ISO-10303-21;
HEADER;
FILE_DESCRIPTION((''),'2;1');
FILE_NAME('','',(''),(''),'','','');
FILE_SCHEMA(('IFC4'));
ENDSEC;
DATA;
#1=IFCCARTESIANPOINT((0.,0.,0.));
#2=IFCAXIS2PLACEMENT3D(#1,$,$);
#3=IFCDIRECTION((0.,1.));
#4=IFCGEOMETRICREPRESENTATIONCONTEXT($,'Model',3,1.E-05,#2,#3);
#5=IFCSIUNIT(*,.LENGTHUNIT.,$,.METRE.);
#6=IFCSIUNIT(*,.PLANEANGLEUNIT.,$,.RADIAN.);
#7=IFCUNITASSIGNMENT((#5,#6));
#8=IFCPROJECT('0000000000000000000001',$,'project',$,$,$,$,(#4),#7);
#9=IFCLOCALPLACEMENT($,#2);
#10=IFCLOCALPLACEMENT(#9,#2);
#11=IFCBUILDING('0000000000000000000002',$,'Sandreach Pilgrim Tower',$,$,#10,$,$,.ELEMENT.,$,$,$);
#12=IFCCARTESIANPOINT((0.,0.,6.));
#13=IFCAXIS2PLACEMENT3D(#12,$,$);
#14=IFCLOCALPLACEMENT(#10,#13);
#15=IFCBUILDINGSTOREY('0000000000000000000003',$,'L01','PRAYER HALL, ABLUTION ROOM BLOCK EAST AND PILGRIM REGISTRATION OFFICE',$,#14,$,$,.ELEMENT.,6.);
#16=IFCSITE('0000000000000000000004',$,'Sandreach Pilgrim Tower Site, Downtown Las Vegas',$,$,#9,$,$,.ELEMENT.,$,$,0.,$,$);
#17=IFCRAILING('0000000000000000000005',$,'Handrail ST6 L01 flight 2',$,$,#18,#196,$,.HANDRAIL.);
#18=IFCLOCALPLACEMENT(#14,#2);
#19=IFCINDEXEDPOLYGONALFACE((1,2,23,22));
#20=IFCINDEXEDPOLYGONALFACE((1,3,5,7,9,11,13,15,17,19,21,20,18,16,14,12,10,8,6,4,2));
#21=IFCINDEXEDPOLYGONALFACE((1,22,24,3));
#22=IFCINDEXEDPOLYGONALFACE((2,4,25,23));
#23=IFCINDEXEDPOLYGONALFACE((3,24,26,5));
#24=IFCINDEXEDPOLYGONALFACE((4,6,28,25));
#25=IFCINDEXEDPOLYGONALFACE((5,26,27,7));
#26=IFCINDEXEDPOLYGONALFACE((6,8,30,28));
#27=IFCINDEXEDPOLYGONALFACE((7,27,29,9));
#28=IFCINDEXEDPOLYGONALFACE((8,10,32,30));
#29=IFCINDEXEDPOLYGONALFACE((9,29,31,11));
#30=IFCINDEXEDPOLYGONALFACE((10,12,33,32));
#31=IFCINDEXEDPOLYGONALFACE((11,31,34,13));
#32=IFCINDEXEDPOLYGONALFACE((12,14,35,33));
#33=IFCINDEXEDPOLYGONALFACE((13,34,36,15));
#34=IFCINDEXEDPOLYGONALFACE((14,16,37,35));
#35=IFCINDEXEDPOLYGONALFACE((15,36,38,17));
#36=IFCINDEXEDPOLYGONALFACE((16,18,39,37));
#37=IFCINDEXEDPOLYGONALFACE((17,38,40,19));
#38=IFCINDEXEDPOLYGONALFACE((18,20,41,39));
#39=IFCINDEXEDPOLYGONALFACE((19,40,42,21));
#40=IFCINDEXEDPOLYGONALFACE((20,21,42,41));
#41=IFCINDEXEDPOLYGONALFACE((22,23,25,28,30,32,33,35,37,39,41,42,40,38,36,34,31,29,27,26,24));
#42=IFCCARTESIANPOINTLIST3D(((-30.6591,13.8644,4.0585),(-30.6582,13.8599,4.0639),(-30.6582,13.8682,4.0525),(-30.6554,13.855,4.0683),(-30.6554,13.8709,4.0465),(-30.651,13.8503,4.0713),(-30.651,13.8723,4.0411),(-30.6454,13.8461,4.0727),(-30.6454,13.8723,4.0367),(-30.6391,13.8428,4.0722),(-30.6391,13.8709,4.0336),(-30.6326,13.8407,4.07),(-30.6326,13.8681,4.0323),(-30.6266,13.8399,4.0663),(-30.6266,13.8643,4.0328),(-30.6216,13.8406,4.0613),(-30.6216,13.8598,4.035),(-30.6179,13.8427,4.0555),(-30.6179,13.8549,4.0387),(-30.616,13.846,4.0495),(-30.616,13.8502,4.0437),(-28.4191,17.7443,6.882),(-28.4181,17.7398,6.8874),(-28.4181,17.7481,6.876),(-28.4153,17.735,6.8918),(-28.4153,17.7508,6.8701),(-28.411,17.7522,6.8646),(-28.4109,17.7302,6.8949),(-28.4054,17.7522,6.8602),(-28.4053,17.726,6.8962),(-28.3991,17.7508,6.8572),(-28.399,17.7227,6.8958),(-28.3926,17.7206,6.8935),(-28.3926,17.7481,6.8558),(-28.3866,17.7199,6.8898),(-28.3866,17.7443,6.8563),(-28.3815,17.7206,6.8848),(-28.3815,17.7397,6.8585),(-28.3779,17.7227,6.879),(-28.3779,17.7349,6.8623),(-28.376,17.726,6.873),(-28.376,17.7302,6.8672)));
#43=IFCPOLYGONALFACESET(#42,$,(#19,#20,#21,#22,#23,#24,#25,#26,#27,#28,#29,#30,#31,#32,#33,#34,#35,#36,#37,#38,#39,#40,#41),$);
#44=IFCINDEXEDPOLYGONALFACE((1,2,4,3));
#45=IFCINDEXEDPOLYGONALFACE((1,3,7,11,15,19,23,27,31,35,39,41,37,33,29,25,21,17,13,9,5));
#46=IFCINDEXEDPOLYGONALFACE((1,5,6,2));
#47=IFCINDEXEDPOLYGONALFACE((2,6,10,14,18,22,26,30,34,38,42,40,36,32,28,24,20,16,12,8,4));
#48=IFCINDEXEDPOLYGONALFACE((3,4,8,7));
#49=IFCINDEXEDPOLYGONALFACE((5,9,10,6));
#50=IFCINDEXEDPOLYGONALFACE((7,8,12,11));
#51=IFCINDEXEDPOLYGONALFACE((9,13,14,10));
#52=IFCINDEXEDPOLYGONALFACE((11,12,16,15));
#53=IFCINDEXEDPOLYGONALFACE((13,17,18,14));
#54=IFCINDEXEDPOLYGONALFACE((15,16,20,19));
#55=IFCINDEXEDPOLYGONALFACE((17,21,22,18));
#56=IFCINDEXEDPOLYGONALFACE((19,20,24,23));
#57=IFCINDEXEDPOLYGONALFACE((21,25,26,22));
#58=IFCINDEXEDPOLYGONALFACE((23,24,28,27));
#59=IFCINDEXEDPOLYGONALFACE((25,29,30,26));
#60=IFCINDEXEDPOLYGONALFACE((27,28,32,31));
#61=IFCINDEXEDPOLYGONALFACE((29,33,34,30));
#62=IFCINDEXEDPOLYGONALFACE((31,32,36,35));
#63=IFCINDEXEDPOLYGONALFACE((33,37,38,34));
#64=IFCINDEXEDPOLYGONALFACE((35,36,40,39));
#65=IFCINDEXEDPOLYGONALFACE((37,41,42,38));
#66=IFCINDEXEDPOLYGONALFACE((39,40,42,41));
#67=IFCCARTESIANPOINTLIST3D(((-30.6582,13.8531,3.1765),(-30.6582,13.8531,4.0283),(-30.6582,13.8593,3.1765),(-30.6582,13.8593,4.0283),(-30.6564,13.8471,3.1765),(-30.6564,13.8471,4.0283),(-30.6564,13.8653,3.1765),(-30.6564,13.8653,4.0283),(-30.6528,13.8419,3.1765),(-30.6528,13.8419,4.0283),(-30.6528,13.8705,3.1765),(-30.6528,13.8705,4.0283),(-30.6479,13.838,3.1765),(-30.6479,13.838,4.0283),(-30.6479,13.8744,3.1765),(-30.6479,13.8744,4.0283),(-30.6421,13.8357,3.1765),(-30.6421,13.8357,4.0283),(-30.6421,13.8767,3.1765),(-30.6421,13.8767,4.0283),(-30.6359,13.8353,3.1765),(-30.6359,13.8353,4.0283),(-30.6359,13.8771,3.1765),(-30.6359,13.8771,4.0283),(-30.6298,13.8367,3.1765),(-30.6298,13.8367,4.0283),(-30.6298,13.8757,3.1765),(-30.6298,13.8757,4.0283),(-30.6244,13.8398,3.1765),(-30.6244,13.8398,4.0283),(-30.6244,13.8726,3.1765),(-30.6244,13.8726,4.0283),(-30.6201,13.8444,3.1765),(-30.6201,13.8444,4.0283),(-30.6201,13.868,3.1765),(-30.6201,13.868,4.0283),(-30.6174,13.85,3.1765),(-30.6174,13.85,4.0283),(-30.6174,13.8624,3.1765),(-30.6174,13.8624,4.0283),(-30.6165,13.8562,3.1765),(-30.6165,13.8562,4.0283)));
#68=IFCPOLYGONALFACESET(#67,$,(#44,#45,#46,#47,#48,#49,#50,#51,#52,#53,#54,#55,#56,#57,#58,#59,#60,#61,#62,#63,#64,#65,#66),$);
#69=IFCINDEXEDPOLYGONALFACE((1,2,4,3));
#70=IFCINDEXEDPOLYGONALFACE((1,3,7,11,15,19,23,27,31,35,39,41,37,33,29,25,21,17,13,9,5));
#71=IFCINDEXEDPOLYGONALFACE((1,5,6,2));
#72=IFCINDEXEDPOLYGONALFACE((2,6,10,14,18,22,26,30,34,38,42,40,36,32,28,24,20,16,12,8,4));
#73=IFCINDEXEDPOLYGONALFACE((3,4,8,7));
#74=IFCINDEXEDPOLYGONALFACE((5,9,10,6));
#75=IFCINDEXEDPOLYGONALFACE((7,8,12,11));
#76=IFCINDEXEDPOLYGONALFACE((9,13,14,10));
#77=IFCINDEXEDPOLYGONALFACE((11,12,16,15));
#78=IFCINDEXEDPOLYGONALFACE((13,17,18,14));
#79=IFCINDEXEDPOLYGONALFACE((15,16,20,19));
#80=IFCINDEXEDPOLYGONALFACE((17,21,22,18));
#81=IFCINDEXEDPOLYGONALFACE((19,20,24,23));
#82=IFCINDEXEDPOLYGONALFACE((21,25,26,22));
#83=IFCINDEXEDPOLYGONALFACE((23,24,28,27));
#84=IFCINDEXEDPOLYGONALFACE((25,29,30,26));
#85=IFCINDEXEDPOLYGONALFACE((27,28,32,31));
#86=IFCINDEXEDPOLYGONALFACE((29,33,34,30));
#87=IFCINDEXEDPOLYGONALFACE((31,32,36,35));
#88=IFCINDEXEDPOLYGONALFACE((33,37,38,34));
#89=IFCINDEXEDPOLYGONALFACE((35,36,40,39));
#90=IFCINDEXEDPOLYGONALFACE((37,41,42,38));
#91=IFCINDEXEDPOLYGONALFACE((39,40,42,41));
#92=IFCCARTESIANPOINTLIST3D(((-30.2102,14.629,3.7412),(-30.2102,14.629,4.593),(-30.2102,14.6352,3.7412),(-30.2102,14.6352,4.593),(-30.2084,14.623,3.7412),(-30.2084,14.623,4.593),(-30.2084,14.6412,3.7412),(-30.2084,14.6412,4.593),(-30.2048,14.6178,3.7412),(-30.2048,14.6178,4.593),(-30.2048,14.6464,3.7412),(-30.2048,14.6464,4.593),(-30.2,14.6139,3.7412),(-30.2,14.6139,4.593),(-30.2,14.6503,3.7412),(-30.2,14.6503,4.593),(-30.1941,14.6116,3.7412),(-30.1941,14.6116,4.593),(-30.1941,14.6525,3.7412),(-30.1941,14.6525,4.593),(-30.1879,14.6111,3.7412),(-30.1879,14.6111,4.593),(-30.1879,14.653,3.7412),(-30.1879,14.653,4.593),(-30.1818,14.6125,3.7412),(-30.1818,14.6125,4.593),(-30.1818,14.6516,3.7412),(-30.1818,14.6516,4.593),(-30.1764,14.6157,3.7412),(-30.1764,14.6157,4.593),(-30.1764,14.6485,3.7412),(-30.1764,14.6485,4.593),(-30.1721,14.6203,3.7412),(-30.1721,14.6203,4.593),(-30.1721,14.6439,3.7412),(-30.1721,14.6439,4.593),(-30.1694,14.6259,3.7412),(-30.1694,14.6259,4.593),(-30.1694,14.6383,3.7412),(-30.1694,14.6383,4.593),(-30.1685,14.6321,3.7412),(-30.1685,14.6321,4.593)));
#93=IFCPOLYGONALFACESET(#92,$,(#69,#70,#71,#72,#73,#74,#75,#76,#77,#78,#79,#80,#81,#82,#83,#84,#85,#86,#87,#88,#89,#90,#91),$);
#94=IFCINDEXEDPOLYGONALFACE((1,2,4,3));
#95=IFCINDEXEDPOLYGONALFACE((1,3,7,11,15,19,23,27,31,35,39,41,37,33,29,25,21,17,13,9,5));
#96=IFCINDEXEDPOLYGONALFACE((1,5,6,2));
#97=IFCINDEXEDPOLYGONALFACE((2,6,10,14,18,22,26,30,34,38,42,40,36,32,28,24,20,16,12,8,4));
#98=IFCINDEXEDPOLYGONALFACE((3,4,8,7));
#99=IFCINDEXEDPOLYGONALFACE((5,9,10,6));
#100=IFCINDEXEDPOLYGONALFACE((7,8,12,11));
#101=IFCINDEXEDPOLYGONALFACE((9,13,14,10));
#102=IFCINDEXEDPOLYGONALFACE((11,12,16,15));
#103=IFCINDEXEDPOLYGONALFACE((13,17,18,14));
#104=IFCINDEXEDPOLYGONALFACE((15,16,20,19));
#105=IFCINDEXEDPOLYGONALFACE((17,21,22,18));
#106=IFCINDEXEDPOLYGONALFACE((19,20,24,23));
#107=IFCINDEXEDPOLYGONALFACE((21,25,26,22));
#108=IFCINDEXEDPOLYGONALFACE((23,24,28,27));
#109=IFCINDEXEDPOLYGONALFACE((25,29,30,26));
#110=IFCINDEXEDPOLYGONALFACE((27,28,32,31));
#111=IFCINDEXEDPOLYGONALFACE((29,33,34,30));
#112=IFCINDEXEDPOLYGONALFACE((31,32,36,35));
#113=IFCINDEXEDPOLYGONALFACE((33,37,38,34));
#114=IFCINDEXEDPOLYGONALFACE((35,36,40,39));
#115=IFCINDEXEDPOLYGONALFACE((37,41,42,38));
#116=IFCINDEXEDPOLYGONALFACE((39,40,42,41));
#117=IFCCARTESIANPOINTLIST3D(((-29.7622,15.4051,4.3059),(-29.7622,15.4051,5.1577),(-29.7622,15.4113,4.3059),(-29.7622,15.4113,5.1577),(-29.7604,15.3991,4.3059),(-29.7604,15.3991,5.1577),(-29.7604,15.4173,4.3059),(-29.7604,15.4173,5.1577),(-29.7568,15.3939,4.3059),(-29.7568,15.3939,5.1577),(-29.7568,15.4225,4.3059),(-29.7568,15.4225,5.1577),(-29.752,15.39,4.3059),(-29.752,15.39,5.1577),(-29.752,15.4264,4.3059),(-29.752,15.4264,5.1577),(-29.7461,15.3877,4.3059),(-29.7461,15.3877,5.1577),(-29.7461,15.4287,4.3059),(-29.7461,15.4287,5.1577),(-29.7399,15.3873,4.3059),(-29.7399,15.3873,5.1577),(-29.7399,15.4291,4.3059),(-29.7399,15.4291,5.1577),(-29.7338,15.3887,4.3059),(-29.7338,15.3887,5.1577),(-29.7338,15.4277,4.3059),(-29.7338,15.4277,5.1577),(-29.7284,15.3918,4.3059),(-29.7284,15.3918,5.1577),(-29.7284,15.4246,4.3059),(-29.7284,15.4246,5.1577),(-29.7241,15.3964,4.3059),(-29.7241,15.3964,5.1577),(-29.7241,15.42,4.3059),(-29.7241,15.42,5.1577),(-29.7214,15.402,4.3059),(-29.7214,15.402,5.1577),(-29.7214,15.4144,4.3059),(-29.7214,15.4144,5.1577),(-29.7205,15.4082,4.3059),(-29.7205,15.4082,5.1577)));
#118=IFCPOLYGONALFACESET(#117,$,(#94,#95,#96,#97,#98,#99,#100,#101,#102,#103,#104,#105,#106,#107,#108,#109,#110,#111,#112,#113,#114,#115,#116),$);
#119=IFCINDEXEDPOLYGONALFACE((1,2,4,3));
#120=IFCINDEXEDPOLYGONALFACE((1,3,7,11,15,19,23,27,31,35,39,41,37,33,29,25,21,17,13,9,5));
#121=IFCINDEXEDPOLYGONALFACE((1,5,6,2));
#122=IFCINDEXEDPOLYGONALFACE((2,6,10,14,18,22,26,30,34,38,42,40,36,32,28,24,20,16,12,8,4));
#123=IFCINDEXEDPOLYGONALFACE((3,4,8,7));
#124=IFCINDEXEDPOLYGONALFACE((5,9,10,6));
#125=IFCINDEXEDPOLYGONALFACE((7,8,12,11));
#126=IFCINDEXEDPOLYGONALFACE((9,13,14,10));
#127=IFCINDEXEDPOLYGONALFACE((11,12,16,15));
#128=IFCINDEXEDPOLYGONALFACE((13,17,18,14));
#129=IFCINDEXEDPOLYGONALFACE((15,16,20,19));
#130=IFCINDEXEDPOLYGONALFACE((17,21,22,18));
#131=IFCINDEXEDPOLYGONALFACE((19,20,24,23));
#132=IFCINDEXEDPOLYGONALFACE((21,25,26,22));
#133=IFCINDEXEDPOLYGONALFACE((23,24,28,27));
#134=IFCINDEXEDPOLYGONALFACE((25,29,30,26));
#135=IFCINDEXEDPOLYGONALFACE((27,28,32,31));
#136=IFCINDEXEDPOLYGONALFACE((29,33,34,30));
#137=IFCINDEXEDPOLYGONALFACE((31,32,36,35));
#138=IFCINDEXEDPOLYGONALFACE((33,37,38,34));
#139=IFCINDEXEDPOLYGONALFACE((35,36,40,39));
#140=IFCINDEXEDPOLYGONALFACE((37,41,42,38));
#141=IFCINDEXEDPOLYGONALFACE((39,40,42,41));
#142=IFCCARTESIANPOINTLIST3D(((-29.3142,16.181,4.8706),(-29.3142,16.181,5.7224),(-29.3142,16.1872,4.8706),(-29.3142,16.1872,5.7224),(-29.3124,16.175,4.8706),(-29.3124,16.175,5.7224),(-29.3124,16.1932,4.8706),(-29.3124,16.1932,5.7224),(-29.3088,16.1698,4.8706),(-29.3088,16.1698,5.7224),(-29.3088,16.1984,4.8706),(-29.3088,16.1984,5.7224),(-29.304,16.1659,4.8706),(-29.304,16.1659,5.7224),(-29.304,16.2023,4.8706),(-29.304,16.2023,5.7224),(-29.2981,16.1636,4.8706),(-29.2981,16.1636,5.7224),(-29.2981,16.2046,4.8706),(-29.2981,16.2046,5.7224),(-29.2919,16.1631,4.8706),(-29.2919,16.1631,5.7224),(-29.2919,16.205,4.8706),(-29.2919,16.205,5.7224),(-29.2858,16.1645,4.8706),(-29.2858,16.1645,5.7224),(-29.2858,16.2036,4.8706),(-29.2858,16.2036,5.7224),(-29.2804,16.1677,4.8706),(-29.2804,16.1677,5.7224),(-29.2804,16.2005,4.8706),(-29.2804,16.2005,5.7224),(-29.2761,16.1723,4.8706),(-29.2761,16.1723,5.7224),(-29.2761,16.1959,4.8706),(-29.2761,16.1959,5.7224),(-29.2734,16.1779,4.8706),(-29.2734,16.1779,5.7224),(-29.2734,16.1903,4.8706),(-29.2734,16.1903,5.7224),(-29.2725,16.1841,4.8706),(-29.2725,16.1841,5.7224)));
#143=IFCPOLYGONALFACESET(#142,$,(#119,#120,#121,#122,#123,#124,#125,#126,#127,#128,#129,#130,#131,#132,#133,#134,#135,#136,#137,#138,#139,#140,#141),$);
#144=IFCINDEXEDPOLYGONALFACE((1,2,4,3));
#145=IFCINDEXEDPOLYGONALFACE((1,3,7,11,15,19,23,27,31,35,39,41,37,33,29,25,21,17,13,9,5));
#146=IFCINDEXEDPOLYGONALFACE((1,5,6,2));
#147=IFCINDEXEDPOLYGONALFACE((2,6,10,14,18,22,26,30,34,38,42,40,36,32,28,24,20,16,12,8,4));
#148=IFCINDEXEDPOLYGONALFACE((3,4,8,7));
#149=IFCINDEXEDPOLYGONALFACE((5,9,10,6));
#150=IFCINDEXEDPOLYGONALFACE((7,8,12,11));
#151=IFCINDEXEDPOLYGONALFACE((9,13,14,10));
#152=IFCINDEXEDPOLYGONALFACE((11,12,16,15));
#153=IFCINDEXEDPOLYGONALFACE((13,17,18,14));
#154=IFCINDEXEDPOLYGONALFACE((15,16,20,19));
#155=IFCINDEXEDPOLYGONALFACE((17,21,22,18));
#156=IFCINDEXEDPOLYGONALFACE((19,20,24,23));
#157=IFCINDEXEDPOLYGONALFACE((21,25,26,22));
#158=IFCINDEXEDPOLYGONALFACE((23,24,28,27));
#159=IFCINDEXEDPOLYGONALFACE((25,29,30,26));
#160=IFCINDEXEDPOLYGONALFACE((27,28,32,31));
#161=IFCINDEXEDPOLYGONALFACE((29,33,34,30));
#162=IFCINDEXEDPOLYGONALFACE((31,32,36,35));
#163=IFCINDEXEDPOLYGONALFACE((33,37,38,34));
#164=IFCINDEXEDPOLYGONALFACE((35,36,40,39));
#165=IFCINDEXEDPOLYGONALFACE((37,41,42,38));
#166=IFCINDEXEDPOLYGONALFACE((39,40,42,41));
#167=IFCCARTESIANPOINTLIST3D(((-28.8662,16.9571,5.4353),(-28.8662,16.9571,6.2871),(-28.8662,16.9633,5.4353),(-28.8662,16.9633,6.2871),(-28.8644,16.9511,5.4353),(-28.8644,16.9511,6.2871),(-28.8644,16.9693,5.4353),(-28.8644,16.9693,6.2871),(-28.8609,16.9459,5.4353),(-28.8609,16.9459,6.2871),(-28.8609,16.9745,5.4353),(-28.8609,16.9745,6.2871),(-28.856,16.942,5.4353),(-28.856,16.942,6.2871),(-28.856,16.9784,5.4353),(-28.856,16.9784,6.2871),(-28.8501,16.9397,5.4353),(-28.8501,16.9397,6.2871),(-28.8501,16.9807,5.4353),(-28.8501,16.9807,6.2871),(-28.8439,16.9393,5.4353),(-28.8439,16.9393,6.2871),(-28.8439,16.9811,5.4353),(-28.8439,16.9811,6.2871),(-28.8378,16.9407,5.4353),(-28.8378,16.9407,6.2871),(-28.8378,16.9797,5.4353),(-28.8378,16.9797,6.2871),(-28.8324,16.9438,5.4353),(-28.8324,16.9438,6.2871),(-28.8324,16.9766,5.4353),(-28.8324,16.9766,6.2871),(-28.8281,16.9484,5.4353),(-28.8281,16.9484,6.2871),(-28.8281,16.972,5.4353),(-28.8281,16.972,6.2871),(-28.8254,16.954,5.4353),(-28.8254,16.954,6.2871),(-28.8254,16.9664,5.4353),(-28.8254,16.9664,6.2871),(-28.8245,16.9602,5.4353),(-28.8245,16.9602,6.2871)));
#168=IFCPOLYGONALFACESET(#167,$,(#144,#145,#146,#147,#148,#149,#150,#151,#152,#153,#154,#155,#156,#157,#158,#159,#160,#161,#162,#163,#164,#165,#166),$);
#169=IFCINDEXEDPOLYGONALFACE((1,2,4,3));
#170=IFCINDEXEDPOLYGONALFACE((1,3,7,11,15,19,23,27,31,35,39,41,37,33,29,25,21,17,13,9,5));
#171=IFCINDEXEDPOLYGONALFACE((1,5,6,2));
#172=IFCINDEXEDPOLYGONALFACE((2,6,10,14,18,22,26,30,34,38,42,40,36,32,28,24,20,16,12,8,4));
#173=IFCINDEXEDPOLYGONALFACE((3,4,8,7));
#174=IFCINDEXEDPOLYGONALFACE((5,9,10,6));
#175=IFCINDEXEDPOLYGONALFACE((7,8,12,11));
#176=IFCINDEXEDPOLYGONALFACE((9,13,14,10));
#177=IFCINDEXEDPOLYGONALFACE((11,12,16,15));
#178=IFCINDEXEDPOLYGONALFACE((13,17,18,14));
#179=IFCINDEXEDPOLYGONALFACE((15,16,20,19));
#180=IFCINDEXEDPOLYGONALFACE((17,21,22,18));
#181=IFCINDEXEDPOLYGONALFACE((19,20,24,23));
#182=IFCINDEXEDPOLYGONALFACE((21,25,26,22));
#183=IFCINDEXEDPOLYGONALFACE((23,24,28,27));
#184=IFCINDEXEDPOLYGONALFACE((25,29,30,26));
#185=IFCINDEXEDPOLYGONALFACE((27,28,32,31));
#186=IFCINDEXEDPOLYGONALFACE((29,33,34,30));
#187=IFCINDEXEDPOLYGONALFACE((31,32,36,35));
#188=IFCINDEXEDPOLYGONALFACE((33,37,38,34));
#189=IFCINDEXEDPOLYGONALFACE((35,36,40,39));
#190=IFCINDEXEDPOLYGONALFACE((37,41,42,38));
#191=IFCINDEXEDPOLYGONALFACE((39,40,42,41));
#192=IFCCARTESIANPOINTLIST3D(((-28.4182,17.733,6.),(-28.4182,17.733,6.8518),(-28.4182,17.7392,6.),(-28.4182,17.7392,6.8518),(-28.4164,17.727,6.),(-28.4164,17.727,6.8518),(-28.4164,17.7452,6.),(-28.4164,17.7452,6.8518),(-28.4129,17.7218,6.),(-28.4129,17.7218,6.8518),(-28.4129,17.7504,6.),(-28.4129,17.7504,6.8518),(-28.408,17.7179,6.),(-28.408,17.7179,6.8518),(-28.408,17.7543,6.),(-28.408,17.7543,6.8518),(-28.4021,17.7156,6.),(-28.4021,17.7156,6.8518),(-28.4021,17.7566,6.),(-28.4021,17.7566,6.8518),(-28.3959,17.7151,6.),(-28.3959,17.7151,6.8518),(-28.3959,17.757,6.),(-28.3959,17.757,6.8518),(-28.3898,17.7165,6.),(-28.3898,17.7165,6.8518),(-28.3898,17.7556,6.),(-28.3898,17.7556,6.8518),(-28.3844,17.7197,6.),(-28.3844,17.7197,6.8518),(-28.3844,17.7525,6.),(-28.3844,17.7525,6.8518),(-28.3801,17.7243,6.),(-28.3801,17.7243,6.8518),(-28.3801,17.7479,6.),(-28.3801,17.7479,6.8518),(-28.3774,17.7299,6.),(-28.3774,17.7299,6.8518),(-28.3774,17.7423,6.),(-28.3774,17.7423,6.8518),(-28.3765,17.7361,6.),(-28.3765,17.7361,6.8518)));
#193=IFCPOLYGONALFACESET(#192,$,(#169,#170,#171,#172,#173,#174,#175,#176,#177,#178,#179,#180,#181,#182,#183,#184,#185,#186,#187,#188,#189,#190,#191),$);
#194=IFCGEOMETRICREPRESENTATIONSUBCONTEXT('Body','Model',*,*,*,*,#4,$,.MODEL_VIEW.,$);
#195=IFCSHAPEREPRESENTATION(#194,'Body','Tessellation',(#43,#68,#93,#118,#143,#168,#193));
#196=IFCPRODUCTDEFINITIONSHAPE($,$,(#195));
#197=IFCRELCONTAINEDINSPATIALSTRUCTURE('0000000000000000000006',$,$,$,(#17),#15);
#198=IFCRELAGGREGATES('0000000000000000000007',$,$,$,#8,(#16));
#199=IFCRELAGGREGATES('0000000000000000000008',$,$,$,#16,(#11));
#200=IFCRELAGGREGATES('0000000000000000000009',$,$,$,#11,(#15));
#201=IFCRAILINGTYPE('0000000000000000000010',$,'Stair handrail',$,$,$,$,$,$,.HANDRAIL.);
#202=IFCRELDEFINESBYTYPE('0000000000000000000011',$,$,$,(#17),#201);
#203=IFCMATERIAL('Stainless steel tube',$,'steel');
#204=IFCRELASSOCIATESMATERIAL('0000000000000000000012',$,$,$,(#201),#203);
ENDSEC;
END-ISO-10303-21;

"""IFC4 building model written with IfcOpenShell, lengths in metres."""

from ifc_helpers import new_model, si_unit, direction, frame, origin, origin_2d, place, context, subcontext, project, spatial, circle, extrude, material, type_object, element, save


model = new_model("IFC4")

# Units and contexts
model_context = context("Model", 3, precision=1e-05, world=origin(), true_north=direction((0.0, 1.0)))
body_context = subcontext(model_context, "Body", "Model", "MODEL_VIEW")
ifc_project = project(units=[si_unit("LENGTHUNIT", "METRE"), si_unit("PLANEANGLEUNIT", "RADIAN")], contexts=[model_context])

# Site, building, storey
site_placement = place(None, origin())
site = spatial("IfcSite", under=ifc_project, at=site_placement, Name="Sandreach Pilgrim Tower Site, Downtown Las Vegas", CompositionType="ELEMENT", RefElevation=0.0)
building_placement = place(site_placement, origin())
building = spatial("IfcBuilding", under=site, at=building_placement, Name="Sandreach Pilgrim Tower", CompositionType="ELEMENT")
storey_placement = place(building_placement, frame((0.0, 0.0, 6.0)))
storey = spatial("IfcBuildingStorey", under=building, at=storey_placement, Name="L01", Description="PRAYER HALL, ABLUTION ROOM BLOCK EAST AND PILGRIM REGISTRATION OFFICE", CompositionType="ELEMENT", Elevation=6.0)

# Railing
ifc_material_1 = material(Name="Stainless steel tube", Category="steel")
railing_type = type_object("IfcRailingType", Name="Stair handrail", PredefinedType="HANDRAIL", material=ifc_material_1)
railing_placement = place(storey_placement, frame((-30.6375, 13.8562, 3.1765)))
element("IfcRailing", 1, at=railing_placement, inside=storey, type_object=railing_type, Name="Handrail ST6 L01 flight 2", PredefinedType="HANDRAIL", context=body_context, shape_type="SweptSolid", body=[
    extrude(circle(Radius=0.0239, at=origin_2d()), frame((0.0, 0.0, 0.876), z_axis=(0.422993, 0.732665, 0.533178), x_axis=(-0.866031, 0.49999, 0.0)), (0.0, 0.0, 1.0), 5.2957),
    extrude(circle(Radius=0.021, at=origin_2d()), origin(), (0.0, 0.0, 1.0), 0.8518),
    extrude(circle(Radius=0.021, at=origin_2d()), frame((0.448, 0.7759, 0.5647)), (0.0, 0.0, 1.0), 0.8518),
    extrude(circle(Radius=0.021, at=origin_2d()), frame((0.896, 1.552, 1.1294)), (0.0, 0.0, 1.0), 0.8518),
    extrude(circle(Radius=0.021, at=origin_2d()), frame((1.344, 2.3279, 1.6941)), (0.0, 0.0, 1.0), 0.8518),
    extrude(circle(Radius=0.021, at=origin_2d()), frame((1.792, 3.104, 2.2588)), (0.0, 0.0, 1.0), 0.8518),
    extrude(circle(Radius=0.021, at=origin_2d()), frame((2.24, 3.8799, 2.8235)), (0.0, 0.0, 1.0), 0.8518),
])

save(model, "model.ifc")
